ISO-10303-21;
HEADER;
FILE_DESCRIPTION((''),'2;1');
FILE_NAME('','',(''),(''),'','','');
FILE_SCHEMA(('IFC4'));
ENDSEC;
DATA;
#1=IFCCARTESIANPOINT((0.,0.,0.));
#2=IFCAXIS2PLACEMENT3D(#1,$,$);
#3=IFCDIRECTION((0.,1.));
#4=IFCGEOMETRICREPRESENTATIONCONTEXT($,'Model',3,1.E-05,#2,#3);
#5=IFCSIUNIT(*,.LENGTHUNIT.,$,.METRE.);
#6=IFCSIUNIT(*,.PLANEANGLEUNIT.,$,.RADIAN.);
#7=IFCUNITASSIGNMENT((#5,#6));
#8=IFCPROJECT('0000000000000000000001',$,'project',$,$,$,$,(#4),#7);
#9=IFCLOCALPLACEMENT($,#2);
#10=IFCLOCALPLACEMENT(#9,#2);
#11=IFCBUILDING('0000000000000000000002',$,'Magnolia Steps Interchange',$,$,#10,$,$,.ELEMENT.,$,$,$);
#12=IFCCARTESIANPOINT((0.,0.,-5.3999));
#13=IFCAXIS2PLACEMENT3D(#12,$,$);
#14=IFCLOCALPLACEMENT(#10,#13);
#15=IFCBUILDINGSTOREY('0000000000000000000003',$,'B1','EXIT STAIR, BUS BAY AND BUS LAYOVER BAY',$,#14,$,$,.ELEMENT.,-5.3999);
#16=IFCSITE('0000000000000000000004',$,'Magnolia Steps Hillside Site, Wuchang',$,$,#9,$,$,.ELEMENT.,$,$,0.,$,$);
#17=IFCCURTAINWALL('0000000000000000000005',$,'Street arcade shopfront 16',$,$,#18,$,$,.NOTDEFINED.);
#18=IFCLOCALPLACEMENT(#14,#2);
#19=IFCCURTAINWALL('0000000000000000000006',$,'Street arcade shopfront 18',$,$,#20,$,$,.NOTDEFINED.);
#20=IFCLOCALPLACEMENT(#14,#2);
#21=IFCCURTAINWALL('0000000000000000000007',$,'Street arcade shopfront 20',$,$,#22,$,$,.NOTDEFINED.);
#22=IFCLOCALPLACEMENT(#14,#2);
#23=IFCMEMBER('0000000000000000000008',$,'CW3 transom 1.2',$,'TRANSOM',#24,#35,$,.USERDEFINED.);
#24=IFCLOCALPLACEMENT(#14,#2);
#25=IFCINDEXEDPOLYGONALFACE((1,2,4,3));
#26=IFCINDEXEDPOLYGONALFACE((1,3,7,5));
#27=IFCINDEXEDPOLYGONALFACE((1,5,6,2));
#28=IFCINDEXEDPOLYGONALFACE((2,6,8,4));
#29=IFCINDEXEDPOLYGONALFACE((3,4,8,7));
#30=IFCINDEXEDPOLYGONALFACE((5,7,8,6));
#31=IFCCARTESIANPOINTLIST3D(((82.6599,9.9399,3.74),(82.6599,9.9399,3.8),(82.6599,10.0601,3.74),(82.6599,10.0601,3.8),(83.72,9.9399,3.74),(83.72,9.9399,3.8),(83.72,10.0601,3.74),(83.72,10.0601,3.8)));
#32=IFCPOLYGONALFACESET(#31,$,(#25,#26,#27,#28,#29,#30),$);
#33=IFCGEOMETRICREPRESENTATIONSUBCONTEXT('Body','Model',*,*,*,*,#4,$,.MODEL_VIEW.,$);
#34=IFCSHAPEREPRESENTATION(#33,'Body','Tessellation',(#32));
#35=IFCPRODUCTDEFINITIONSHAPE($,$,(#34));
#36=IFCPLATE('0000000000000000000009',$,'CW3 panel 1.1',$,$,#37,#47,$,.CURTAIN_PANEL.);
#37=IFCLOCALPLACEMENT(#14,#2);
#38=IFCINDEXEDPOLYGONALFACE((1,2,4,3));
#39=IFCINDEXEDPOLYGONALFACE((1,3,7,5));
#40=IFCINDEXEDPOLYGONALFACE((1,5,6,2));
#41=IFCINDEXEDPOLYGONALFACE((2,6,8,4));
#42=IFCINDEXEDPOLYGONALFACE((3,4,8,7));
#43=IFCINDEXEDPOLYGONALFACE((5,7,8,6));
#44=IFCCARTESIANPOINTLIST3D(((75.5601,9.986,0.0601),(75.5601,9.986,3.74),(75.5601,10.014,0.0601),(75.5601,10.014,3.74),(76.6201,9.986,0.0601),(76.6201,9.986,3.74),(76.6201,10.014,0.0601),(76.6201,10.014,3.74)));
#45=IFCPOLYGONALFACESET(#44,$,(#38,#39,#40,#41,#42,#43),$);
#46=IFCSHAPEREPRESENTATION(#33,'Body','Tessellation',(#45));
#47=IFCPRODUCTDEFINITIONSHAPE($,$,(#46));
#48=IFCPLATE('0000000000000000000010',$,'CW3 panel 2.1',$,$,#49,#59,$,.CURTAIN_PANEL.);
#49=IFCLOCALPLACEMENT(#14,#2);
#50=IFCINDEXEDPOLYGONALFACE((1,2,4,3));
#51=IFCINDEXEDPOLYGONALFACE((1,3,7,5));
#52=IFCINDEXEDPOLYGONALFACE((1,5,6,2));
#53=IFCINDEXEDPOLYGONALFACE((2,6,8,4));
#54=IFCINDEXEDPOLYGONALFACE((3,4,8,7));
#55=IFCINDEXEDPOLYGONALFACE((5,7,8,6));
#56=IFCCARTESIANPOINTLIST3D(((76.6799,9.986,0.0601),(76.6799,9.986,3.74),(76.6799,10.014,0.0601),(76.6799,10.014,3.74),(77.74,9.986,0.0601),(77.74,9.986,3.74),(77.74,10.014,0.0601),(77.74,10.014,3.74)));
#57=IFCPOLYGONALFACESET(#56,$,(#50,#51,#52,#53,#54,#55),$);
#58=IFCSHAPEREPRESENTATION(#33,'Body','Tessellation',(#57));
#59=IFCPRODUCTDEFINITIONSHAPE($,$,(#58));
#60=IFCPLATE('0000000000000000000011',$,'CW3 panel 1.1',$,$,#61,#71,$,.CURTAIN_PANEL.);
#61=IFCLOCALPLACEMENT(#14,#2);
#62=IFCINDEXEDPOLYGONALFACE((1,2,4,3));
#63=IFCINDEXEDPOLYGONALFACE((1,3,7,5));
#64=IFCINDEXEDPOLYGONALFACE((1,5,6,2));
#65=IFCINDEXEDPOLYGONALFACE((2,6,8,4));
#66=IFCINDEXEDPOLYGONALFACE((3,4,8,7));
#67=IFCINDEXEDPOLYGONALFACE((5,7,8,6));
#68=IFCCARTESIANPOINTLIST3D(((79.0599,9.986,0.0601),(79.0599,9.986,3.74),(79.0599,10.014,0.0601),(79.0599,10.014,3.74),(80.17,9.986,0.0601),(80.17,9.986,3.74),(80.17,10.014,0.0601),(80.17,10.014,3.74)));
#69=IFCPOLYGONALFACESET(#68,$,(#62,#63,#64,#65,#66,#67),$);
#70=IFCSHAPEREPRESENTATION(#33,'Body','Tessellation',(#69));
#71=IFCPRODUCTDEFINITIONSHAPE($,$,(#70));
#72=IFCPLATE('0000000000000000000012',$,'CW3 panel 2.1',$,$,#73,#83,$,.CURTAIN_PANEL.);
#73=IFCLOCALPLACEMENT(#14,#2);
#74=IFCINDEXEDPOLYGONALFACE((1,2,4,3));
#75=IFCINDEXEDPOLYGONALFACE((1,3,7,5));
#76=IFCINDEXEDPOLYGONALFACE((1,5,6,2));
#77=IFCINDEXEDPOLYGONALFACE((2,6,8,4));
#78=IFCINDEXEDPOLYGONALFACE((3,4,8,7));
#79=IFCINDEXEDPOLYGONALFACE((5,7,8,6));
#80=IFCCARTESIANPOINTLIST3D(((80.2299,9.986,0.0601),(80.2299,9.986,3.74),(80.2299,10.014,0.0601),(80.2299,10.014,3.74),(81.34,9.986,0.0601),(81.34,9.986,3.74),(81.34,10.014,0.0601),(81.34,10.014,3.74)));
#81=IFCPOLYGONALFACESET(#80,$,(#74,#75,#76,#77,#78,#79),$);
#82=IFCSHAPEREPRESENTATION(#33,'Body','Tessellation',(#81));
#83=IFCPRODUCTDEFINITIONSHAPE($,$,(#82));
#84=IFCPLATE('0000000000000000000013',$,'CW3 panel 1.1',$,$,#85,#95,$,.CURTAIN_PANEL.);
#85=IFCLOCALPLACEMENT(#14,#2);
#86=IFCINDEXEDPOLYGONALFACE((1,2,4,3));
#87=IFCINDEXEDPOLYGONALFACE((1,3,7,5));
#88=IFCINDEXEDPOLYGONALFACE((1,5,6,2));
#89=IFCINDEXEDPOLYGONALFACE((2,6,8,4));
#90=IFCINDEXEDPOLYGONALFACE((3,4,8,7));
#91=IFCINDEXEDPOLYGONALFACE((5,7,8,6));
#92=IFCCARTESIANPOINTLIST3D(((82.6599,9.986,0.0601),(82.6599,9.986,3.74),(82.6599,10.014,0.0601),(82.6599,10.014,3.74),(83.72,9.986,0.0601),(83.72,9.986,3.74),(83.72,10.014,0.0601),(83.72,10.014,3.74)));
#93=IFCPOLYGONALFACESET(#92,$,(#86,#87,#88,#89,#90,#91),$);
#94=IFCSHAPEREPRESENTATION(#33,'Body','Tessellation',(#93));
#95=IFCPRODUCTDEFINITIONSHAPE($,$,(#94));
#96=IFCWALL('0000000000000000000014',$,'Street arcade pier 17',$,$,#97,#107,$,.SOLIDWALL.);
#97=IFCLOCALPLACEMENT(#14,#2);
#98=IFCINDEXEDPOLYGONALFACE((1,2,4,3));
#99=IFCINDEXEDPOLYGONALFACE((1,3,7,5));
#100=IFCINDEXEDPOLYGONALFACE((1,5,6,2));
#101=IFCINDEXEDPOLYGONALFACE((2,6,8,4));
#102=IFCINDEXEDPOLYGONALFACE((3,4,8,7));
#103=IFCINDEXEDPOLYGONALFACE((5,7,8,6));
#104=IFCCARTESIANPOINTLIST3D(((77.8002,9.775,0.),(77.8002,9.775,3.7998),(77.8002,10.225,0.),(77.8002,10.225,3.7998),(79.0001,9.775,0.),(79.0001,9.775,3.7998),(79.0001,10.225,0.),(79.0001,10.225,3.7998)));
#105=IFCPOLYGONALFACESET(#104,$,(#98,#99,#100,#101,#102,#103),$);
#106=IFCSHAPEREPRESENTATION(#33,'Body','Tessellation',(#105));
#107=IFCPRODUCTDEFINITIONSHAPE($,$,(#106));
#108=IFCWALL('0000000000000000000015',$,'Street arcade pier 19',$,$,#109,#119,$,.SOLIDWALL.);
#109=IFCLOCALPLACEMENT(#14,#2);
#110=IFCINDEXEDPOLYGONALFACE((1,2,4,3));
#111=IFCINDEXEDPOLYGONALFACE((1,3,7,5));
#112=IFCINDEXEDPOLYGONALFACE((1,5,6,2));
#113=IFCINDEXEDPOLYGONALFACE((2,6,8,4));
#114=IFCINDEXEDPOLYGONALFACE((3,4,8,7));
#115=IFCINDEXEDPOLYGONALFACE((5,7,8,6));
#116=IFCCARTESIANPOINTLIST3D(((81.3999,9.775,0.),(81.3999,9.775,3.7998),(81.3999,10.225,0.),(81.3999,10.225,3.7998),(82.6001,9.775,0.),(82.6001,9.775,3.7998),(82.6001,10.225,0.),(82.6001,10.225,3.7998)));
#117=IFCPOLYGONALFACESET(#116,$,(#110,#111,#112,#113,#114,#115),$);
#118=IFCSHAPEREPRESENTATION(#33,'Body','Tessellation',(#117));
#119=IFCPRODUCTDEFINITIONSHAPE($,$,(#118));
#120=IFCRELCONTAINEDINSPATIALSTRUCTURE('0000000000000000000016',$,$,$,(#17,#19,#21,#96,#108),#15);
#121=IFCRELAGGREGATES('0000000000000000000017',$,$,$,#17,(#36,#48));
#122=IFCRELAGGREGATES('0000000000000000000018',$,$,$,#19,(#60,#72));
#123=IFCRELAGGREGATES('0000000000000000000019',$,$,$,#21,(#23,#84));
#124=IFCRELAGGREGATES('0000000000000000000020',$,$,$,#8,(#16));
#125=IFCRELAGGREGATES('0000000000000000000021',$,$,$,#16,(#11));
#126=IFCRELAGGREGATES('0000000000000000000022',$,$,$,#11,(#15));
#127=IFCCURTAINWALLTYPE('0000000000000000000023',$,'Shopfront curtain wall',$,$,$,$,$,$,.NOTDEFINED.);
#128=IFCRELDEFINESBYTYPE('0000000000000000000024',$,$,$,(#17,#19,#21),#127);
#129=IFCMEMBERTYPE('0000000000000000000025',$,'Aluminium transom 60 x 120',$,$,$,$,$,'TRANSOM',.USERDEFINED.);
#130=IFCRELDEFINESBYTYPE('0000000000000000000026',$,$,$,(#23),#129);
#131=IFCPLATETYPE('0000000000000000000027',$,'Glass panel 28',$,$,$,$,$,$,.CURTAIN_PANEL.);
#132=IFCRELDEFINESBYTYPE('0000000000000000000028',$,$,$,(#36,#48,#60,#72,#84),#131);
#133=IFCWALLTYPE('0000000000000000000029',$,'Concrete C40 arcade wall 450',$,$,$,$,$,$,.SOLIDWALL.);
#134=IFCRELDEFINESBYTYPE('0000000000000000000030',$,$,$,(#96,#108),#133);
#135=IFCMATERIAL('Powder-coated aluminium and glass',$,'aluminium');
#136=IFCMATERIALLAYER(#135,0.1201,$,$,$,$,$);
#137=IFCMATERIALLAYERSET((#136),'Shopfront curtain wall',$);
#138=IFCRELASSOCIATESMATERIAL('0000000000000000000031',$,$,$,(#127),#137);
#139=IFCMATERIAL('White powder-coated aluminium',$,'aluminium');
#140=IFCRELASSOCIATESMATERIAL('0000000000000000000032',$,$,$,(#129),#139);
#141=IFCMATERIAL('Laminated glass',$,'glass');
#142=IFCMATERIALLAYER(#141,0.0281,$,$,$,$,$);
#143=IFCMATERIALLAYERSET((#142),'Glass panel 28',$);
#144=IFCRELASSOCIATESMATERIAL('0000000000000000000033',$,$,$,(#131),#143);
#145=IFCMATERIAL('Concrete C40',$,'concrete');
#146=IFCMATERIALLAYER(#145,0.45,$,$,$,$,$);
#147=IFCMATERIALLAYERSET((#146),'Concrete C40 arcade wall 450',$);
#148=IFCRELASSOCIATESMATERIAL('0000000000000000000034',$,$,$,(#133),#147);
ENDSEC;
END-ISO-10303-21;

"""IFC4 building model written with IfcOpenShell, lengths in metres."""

from ifc_helpers import new_model, si_unit, direction, frame, frame_2d, origin, origin_2d, place, context, subcontext, project, spatial, rectangle, extrude, material, layer, layer_set, material_profile, profile_set, type_object, element, aggregate, save


model = new_model("IFC4")

# Units and contexts
model_context = context("Model", 3, precision=1e-05, world=origin(), true_north=direction((0.0, 1.0)))
body_context = subcontext(model_context, "Body", "Model", "MODEL_VIEW")
ifc_project = project(units=[si_unit("LENGTHUNIT", "METRE"), si_unit("PLANEANGLEUNIT", "RADIAN")], contexts=[model_context])

# Site, building, storey
site_placement = place(None, origin())
site = spatial("IfcSite", under=ifc_project, at=site_placement, Name="Magnolia Steps Hillside Site, Wuchang", CompositionType="ELEMENT", RefElevation=0.0)
building_placement = place(site_placement, origin())
building = spatial("IfcBuilding", under=site, at=building_placement, Name="Magnolia Steps Interchange", CompositionType="ELEMENT")
storey_placement = place(building_placement, frame((0.0, 0.0, -5.3999)))
storey = spatial("IfcBuildingStorey", under=building, at=storey_placement, Name="B1", Description="EXIT STAIR, BUS BAY AND BUS LAYOVER BAY", CompositionType="ELEMENT", Elevation=-5.3999)

# Curtain walls
ifc_material_1 = material(Name="Powder-coated aluminium and glass", Category="aluminium")
ifc_layer_1 = layer(ifc_material_1, 0.1201)
ifc_layer_set_1 = layer_set([ifc_layer_1], Name="Shopfront curtain wall")
curtain_wall_type = type_object("IfcCurtainWallType", Name="Shopfront curtain wall", PredefinedType="NOTDEFINED", material=ifc_layer_set_1)
curtain_wall_1_placement = place(storey_placement, origin())
curtain_wall_1 = element("IfcCurtainWall", 1, at=curtain_wall_1_placement, inside=storey, type_object=curtain_wall_type, Name="Street arcade shopfront 16", PredefinedType="NOTDEFINED")
curtain_wall_2_placement = place(storey_placement, origin())
curtain_wall_2 = element("IfcCurtainWall", 2, at=curtain_wall_2_placement, inside=storey, type_object=curtain_wall_type, Name="Street arcade shopfront 18", PredefinedType="NOTDEFINED")

# Curtain wall
curtain_wall_3_placement = place(storey_placement, origin())
curtain_wall_3 = element("IfcCurtainWall", 3, at=curtain_wall_3_placement, inside=storey, type_object=curtain_wall_type, Name="Street arcade shopfront 20", PredefinedType="NOTDEFINED")

# Member
ifc_material_2 = material(Name="White powder-coated aluminium", Category="aluminium")
ifc_material_profile_1 = material_profile(ifc_material_2, rectangle(XDim=0.0601, YDim=0.1201, at=origin_2d()), Name="Aluminium transom 60 x 120")
ifc_profile_set_1 = profile_set([ifc_material_profile_1], Name="White powder-coated aluminium")
member_type_1 = type_object("IfcMemberType", Name="Aluminium transom 60 x 120", ElementType="TRANSOM", PredefinedType="USERDEFINED", material=ifc_profile_set_1)
member_1_placement = place(storey_placement, frame((82.6599, 10.0, 3.77), z_axis=(1.0, 0.0, 0.0), x_axis=(0.0, 0.0, 1.0)))
member_1 = element("IfcMember", 4, at=member_1_placement, type_object=member_type_1, Name="CW3 transom 1.2", ObjectType="TRANSOM", PredefinedType="USERDEFINED", context=body_context, shape_type="SweptSolid", body=[
    extrude(rectangle(XDim=0.0601, YDim=0.1201, at=origin_2d()), origin(), (0.0, 0.0, 1.0), 1.0601),
])

# Plates
ifc_material_3 = material(Name="Laminated glass", Category="glass")
ifc_layer_2 = layer(ifc_material_3, 0.0281)
ifc_layer_set_2 = layer_set([ifc_layer_2], Name="Glass panel 28")
plate_type = type_object("IfcPlateType", Name="Glass panel 28", PredefinedType="CURTAIN_PANEL", material=ifc_layer_set_2)
plate_1_placement = place(storey_placement, frame((76.0901, 10.0, 0.0601), z_axis=(0.0, 0.0, 1.0), x_axis=(1.0, 0.0, 0.0)))
plate_1 = element("IfcPlate", 5, at=plate_1_placement, type_object=plate_type, Name="CW3 panel 1.1", PredefinedType="CURTAIN_PANEL", context=body_context, shape_type="SweptSolid", body=[
    extrude(rectangle(XDim=1.0601, YDim=0.0281, at=origin_2d()), origin(), (0.0, 0.0, 1.0), 3.6799),
])
plate_2_placement = place(storey_placement, frame((77.21, 10.0, 0.0601), z_axis=(0.0, 0.0, 1.0), x_axis=(1.0, 0.0, 0.0)))
plate_2 = element("IfcPlate", 6, at=plate_2_placement, type_object=plate_type, Name="CW3 panel 2.1", PredefinedType="CURTAIN_PANEL", context=body_context, shape_type="SweptSolid", body=[
    extrude(rectangle(XDim=1.0601, YDim=0.0281, at=origin_2d()), origin(), (0.0, 0.0, 1.0), 3.6799),
])
aggregate(curtain_wall_1, [plate_1, plate_2])
plate_3_placement = place(storey_placement, frame((79.615, 10.0, 0.0601), z_axis=(0.0, 0.0, 1.0), x_axis=(1.0, 0.0, 0.0)))
plate_3 = element("IfcPlate", 7, at=plate_3_placement, type_object=plate_type, Name="CW3 panel 1.1", PredefinedType="CURTAIN_PANEL", context=body_context, shape_type="SweptSolid", body=[
    extrude(rectangle(XDim=1.1101, YDim=0.0281, at=origin_2d()), origin(), (0.0, 0.0, 1.0), 3.6799),
])
plate_4_placement = place(storey_placement, frame((80.7849, 10.0, 0.0601), z_axis=(0.0, 0.0, 1.0), x_axis=(1.0, 0.0, 0.0)))
plate_4 = element("IfcPlate", 8, at=plate_4_placement, type_object=plate_type, Name="CW3 panel 2.1", PredefinedType="CURTAIN_PANEL", context=body_context, shape_type="SweptSolid", body=[
    extrude(rectangle(XDim=1.1101, YDim=0.0281, at=origin_2d()), origin(), (0.0, 0.0, 1.0), 3.6799),
])
aggregate(curtain_wall_2, [plate_3, plate_4])
plate_5_placement = place(storey_placement, frame((83.1899, 10.0, 0.0601), z_axis=(0.0, 0.0, 1.0), x_axis=(1.0, 0.0, 0.0)))
plate_5 = element("IfcPlate", 9, at=plate_5_placement, type_object=plate_type, Name="CW3 panel 1.1", PredefinedType="CURTAIN_PANEL", context=body_context, shape_type="SweptSolid", body=[
    extrude(rectangle(XDim=1.0601, YDim=0.0281, at=origin_2d()), origin(), (0.0, 0.0, 1.0), 3.6799),
])
aggregate(curtain_wall_3, [member_1, plate_5])

# Walls
ifc_material_4 = material(Name="Concrete C40", Category="concrete")
ifc_layer_3 = layer(ifc_material_4, 0.45)
ifc_layer_set_3 = layer_set([ifc_layer_3], Name="Concrete C40 arcade wall 450")
wall_type = type_object("IfcWallType", Name="Concrete C40 arcade wall 450", PredefinedType="SOLIDWALL", material=ifc_layer_set_3)
wall_1_placement = place(storey_placement, frame((77.8, 10.0, 0.0), z_axis=(0.0, 0.0, 1.0), x_axis=(1.0, 0.0, 0.0)))
element("IfcWall", 10, at=wall_1_placement, inside=storey, type_object=wall_type, Name="Street arcade pier 17", PredefinedType="SOLIDWALL", context=body_context, shape_type="SweptSolid", body=[
    extrude(rectangle(XDim=1.2, YDim=0.45, at=frame_2d((0.6001, 0.0))), origin(), (0.0, 0.0, 1.0), 3.7998),
])
wall_2_placement = place(storey_placement, frame((81.3999, 10.0, 0.0), z_axis=(0.0, 0.0, 1.0), x_axis=(1.0, 0.0, 0.0)))
element("IfcWall", 11, at=wall_2_placement, inside=storey, type_object=wall_type, Name="Street arcade pier 19", PredefinedType="SOLIDWALL", context=body_context, shape_type="SweptSolid", body=[
    extrude(rectangle(XDim=1.2002, YDim=0.45, at=frame_2d((0.6001, 0.0))), origin(), (0.0, 0.0, 1.0), 3.7998),
])

save(model, "model.ifc")
